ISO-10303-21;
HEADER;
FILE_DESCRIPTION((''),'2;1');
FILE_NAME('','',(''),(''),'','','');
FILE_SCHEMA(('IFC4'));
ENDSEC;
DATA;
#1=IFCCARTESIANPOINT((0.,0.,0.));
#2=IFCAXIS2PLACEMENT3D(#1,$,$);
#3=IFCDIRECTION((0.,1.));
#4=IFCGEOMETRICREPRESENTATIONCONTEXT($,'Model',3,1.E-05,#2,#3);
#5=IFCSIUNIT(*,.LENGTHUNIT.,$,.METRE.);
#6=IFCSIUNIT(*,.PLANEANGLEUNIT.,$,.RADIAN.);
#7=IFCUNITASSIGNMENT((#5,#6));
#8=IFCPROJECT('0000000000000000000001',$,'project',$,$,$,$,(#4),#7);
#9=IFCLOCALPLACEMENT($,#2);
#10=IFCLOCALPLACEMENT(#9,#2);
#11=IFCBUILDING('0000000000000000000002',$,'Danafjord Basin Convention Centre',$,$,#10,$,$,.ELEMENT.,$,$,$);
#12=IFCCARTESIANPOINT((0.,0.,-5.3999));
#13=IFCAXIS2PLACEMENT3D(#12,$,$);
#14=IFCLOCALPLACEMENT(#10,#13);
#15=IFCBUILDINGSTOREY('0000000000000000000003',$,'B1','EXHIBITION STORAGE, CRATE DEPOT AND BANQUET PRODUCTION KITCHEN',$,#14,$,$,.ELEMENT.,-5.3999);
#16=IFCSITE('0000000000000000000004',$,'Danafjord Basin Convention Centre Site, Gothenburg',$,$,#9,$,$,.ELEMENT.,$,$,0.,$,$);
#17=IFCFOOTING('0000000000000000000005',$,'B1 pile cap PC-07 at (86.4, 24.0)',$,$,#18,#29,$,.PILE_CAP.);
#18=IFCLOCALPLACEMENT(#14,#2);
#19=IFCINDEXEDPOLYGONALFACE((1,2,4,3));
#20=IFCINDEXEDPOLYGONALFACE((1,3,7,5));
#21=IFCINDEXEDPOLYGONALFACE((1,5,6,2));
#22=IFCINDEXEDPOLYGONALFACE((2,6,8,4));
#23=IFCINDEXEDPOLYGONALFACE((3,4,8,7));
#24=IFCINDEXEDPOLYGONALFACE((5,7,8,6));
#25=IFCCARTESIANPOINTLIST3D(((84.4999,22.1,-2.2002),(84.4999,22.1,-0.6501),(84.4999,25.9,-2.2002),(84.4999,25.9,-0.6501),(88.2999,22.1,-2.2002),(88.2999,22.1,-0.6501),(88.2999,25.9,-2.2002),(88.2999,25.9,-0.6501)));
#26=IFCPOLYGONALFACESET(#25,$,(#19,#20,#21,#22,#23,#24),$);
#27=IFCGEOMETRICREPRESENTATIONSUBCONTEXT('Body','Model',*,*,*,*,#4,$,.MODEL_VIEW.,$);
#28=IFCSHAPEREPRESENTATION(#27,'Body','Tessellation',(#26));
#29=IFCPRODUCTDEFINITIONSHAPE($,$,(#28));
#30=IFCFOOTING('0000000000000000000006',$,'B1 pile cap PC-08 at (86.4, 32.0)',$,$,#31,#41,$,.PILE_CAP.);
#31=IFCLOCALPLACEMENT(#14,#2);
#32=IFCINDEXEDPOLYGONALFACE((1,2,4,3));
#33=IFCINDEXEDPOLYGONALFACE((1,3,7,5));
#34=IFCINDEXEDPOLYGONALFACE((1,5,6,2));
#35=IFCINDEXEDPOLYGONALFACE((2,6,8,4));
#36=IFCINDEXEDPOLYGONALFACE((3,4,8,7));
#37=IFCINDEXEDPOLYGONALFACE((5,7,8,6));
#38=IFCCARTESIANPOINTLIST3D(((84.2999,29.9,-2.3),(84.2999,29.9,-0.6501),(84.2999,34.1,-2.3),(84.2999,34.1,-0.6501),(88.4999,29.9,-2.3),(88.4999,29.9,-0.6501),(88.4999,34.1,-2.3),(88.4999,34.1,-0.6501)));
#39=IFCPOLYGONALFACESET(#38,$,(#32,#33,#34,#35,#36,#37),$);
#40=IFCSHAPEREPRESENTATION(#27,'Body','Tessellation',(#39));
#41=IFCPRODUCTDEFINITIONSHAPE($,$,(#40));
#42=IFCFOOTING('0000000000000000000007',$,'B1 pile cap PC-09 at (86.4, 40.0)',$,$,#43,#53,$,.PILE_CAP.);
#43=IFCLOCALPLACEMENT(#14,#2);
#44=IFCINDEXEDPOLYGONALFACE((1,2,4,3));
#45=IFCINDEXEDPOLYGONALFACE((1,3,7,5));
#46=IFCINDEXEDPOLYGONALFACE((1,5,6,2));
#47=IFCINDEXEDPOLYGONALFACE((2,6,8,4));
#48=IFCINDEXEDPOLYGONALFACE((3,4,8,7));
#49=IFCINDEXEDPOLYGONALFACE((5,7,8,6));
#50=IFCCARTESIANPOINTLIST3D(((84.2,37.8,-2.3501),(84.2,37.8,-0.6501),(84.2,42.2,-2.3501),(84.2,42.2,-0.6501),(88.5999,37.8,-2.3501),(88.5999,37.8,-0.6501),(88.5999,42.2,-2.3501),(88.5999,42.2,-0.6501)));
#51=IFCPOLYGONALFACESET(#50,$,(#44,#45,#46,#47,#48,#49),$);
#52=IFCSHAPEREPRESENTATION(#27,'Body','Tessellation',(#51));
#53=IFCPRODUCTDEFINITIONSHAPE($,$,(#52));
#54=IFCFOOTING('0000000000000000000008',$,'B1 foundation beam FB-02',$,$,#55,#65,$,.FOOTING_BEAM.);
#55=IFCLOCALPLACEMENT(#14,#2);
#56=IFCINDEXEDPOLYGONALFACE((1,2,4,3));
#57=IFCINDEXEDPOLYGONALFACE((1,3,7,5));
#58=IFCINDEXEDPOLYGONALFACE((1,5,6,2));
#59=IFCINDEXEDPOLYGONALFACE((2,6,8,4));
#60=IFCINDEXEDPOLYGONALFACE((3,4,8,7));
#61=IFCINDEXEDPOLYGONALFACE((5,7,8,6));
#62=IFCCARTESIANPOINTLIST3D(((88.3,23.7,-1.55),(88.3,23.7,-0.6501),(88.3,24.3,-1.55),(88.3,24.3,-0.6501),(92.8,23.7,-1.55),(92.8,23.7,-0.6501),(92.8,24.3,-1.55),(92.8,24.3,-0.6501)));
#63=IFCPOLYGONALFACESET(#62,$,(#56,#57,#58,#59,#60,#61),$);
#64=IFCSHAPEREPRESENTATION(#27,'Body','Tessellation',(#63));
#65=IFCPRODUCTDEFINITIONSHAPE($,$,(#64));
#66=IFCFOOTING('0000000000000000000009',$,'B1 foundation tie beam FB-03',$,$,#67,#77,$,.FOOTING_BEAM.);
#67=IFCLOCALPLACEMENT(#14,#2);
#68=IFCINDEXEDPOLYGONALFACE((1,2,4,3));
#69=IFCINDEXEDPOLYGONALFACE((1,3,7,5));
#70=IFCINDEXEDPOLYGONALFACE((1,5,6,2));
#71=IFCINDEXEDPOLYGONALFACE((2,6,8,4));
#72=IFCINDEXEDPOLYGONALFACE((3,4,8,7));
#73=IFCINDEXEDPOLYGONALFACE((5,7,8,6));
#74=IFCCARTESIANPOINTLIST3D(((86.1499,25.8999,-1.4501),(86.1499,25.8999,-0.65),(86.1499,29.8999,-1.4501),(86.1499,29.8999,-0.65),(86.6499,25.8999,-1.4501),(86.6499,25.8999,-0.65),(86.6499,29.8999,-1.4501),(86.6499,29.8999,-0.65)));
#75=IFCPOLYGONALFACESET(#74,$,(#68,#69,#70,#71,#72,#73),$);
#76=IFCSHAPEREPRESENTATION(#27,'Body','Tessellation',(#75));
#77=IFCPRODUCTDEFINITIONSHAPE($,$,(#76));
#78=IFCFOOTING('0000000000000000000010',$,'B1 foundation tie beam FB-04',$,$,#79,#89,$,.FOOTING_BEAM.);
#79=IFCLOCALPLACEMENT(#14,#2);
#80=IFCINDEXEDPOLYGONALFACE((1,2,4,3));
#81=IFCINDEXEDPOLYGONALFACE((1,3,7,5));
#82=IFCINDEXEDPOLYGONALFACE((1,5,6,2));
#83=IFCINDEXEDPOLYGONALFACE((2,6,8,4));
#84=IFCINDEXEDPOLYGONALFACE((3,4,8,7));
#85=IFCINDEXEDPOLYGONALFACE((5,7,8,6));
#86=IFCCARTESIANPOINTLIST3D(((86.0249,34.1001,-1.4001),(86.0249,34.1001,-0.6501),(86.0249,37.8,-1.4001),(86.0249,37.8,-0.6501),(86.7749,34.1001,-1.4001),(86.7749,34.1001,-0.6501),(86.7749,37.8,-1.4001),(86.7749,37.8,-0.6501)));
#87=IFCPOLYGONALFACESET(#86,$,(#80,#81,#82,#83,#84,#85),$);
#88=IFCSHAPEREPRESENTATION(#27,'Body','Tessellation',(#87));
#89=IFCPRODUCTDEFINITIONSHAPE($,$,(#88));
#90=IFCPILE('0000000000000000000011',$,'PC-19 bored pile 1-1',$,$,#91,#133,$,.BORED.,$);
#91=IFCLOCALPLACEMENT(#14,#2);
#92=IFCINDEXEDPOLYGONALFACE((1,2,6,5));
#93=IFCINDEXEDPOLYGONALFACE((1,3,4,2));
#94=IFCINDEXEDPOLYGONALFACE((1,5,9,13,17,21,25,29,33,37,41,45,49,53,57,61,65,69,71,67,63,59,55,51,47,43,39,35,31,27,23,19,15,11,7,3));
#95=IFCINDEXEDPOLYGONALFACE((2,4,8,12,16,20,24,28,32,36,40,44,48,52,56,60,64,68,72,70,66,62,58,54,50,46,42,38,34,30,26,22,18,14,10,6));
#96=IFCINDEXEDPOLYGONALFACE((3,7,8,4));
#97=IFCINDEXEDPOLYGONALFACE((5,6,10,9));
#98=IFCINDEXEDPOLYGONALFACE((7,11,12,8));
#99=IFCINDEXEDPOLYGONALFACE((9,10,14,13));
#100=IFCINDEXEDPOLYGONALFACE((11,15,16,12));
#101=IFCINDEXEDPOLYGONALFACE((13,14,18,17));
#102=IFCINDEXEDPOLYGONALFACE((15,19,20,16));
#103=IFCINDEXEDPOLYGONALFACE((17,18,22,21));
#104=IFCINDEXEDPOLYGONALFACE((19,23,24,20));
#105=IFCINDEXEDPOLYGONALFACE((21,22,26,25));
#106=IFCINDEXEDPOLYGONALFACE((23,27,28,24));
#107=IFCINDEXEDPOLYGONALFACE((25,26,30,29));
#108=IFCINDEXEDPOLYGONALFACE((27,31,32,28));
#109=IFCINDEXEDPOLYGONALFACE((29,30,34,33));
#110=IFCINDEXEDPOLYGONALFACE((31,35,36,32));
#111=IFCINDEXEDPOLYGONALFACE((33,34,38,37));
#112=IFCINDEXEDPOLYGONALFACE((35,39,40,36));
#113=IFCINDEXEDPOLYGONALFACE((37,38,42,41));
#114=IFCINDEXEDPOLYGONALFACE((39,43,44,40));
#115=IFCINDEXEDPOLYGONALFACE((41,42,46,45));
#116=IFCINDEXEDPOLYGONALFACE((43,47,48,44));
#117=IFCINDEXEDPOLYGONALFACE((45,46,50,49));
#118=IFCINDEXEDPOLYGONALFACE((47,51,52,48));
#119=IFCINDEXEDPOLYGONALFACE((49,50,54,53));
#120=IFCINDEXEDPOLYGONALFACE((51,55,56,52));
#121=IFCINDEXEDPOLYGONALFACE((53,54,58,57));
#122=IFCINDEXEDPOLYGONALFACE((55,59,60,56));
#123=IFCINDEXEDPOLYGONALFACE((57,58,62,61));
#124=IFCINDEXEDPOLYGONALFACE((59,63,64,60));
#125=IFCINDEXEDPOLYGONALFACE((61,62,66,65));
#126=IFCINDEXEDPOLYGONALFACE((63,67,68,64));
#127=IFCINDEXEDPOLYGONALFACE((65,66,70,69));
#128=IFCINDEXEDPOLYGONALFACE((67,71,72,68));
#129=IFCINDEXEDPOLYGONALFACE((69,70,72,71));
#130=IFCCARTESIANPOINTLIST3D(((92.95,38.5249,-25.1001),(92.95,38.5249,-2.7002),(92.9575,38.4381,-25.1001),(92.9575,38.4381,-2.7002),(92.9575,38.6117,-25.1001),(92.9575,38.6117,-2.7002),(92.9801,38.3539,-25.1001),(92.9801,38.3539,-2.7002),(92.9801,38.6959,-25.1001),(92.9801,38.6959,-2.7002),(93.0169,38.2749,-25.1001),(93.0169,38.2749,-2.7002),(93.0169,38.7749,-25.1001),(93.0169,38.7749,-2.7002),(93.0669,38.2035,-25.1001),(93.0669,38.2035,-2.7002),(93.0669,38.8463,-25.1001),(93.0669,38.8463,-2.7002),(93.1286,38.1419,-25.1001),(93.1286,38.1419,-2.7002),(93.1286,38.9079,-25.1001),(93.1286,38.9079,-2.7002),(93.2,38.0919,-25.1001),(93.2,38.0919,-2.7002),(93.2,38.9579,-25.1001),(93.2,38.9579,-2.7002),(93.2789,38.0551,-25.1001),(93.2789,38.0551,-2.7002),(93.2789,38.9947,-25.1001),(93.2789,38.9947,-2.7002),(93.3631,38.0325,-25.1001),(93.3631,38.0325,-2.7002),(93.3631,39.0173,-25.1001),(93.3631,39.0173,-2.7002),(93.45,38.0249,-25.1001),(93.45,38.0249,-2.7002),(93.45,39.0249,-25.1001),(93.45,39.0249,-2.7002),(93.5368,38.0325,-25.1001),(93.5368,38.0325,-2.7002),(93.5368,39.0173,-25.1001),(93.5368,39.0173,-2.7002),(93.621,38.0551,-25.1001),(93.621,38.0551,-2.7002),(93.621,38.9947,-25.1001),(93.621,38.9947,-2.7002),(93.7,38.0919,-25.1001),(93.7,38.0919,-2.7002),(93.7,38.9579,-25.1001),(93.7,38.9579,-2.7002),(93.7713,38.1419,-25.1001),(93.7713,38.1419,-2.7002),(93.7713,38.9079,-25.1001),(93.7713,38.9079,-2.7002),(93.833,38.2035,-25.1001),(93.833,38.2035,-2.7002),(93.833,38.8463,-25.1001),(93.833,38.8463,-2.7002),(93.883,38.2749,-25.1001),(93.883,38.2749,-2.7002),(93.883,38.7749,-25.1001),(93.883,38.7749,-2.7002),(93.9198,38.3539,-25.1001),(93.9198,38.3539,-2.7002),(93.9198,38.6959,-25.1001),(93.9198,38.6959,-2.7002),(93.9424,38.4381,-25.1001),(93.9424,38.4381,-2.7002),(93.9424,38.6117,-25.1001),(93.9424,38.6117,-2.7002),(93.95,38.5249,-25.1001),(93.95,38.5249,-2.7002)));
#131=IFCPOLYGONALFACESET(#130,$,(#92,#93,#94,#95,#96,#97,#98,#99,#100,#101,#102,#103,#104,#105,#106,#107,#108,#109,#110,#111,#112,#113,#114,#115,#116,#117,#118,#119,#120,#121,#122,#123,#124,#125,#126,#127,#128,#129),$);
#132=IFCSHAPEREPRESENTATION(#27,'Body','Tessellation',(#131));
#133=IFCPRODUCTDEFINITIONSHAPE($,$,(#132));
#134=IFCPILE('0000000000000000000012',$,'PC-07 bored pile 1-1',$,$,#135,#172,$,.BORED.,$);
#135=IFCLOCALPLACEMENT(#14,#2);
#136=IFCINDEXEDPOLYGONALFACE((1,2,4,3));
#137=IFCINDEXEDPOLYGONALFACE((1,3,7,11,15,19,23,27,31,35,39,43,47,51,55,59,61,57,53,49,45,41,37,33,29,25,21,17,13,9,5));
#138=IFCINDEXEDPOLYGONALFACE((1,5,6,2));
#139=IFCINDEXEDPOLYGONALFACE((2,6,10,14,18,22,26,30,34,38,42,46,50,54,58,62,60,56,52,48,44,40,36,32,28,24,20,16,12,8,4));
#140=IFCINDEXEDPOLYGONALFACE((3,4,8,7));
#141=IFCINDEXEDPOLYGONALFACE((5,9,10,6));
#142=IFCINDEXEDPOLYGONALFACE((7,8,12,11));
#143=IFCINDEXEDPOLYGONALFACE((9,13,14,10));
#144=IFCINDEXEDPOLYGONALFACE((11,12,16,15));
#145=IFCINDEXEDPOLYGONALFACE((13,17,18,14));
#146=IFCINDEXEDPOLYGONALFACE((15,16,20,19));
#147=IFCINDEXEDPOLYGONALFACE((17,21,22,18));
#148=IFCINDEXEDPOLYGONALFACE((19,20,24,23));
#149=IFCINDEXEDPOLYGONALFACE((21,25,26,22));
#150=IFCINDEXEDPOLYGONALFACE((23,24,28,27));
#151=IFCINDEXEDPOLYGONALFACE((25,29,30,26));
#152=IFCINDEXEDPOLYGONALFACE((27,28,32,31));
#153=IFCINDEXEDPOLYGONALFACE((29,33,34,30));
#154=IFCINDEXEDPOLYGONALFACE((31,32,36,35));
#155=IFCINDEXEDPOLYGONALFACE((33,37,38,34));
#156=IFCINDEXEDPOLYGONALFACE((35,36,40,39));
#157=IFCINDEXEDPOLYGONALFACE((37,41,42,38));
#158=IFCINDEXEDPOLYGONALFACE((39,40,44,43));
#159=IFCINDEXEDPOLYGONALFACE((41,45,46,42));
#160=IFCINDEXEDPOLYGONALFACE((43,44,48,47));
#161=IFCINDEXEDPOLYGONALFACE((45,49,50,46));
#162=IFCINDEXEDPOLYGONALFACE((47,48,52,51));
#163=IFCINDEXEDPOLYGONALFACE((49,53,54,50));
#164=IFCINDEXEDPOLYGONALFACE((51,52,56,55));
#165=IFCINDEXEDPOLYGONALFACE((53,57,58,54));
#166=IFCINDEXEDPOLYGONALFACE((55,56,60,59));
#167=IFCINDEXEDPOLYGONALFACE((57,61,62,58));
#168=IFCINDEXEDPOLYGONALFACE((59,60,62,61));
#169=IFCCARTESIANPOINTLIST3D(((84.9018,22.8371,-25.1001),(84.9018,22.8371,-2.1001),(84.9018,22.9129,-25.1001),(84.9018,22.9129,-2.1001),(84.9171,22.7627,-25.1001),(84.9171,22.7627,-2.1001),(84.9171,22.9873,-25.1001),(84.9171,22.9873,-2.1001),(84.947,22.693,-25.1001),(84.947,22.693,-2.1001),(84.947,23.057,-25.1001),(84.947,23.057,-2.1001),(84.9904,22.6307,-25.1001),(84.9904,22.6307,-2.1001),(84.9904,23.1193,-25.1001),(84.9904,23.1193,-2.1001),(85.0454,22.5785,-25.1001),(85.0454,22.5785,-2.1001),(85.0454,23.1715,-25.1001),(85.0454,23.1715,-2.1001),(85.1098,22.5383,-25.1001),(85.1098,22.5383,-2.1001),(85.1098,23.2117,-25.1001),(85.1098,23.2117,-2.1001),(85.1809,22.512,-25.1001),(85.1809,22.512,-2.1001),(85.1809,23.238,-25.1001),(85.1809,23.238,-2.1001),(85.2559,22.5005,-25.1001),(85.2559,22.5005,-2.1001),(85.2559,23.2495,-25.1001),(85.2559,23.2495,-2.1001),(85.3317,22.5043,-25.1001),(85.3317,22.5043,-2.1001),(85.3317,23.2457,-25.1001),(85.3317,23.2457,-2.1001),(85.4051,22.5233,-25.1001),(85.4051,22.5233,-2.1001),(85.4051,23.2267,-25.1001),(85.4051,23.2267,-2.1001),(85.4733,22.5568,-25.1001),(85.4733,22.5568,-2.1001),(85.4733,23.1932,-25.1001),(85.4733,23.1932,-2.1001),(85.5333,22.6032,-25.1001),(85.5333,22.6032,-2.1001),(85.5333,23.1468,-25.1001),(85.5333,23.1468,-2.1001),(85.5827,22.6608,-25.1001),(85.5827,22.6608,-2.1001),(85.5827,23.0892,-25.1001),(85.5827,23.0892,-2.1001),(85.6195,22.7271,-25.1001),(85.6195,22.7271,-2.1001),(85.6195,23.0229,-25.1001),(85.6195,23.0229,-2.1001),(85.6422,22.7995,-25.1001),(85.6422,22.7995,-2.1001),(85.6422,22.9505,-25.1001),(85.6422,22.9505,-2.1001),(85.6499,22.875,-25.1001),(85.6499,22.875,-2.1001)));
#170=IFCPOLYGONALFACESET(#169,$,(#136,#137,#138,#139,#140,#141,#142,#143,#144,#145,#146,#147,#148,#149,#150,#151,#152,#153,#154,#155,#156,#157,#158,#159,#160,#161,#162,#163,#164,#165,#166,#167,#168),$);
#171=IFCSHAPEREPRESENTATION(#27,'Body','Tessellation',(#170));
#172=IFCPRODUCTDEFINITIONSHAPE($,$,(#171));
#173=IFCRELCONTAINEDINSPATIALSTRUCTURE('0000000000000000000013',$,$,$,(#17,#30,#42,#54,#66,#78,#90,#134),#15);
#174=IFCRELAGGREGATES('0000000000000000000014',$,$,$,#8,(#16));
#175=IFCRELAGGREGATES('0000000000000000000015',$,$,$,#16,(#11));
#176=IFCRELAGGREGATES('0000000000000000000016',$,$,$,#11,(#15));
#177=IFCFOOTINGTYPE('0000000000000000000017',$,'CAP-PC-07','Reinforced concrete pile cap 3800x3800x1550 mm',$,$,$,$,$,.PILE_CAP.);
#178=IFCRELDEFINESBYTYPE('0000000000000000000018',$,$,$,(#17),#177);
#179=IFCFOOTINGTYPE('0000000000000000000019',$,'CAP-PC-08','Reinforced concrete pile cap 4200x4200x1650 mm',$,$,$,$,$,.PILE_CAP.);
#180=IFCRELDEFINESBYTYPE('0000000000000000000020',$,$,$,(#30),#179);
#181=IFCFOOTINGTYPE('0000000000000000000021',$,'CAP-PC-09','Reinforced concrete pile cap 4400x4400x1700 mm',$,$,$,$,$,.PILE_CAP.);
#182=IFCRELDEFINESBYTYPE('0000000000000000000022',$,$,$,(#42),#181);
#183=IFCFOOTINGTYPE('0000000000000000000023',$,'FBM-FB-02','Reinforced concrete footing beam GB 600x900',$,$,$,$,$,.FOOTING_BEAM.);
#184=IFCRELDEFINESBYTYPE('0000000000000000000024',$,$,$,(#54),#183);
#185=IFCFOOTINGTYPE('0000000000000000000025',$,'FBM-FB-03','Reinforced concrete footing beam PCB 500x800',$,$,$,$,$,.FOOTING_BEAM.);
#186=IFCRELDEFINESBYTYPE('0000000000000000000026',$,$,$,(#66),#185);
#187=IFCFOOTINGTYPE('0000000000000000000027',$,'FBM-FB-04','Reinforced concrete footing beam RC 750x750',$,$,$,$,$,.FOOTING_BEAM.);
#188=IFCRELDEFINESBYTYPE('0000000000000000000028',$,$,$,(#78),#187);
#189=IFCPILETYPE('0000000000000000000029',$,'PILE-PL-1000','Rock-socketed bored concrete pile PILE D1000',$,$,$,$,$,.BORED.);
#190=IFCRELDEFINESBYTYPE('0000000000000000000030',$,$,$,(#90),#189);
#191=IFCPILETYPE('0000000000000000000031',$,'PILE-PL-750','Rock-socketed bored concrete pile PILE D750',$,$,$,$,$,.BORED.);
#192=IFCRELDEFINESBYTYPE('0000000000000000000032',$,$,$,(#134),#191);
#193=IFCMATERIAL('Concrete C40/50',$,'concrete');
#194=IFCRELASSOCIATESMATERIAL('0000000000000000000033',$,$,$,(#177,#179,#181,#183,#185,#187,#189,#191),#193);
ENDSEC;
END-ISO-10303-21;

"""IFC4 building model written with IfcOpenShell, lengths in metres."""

from ifc_helpers import new_model, si_unit, direction, frame, origin, origin_2d, place, context, subcontext, project, spatial, rectangle, circle, extrude, material, material_profile, profile_set, type_object, element, save


model = new_model("IFC4")

# Units and contexts
model_context = context("Model", 3, precision=1e-05, world=origin(), true_north=direction((0.0, 1.0)))
body_context = subcontext(model_context, "Body", "Model", "MODEL_VIEW")
ifc_project = project(units=[si_unit("LENGTHUNIT", "METRE"), si_unit("PLANEANGLEUNIT", "RADIAN")], contexts=[model_context])

# Site, building, storey
site_placement = place(None, origin())
site = spatial("IfcSite", under=ifc_project, at=site_placement, Name="Danafjord Basin Convention Centre Site, Gothenburg", CompositionType="ELEMENT", RefElevation=0.0)
building_placement = place(site_placement, origin())
building = spatial("IfcBuilding", under=site, at=building_placement, Name="Danafjord Basin Convention Centre", CompositionType="ELEMENT")
storey_placement = place(building_placement, frame((0.0, 0.0, -5.3999)))
storey = spatial("IfcBuildingStorey", under=building, at=storey_placement, Name="B1", Description="EXHIBITION STORAGE, CRATE DEPOT AND BANQUET PRODUCTION KITCHEN", CompositionType="ELEMENT", Elevation=-5.3999)

# Footings
ifc_material_1 = material(Name="Concrete C40/50", Category="concrete")
footing_type_1 = type_object("IfcFootingType", Name="CAP-PC-07", Description="Reinforced concrete pile cap 3800x3800x1550 mm", PredefinedType="PILE_CAP", material=ifc_material_1)
footing_1_placement = place(storey_placement, frame((86.3999, 24.0, -2.2002), z_axis=(0.0, 0.0, 1.0), x_axis=(1.0, 0.0, 0.0)))
element("IfcFooting", 1, at=footing_1_placement, inside=storey, type_object=footing_type_1, Name="B1 pile cap PC-07 at (86.4, 24.0)", PredefinedType="PILE_CAP", context=body_context, shape_type="SweptSolid", body=[
    extrude(rectangle(XDim=3.8, YDim=3.8, at=origin_2d()), origin(), (0.0, 0.0, 1.0), 1.55),
])
footing_type_2 = type_object("IfcFootingType", Name="CAP-PC-08", Description="Reinforced concrete pile cap 4200x4200x1650 mm", PredefinedType="PILE_CAP", material=ifc_material_1)
footing_2_placement = place(storey_placement, frame((86.3999, 32.0, -2.3), z_axis=(0.0, 0.0, 1.0), x_axis=(1.0, 0.0, 0.0)))
element("IfcFooting", 2, at=footing_2_placement, inside=storey, type_object=footing_type_2, Name="B1 pile cap PC-08 at (86.4, 32.0)", PredefinedType="PILE_CAP", context=body_context, shape_type="SweptSolid", body=[
    extrude(rectangle(XDim=4.2, YDim=4.2, at=origin_2d()), origin(), (0.0, 0.0, 1.0), 1.6499),
])
footing_type_3 = type_object("IfcFootingType", Name="CAP-PC-09", Description="Reinforced concrete pile cap 4400x4400x1700 mm", PredefinedType="PILE_CAP", material=ifc_material_1)
footing_3_placement = place(storey_placement, frame((86.3999, 40.0, -2.3501), z_axis=(0.0, 0.0, 1.0), x_axis=(1.0, 0.0, 0.0)))
element("IfcFooting", 3, at=footing_3_placement, inside=storey, type_object=footing_type_3, Name="B1 pile cap PC-09 at (86.4, 40.0)", PredefinedType="PILE_CAP", context=body_context, shape_type="SweptSolid", body=[
    extrude(rectangle(XDim=4.3999, YDim=4.3999, at=origin_2d()), origin(), (0.0, 0.0, 1.0), 1.7),
])
ifc_material_profile_1 = material_profile(ifc_material_1, rectangle(XDim=0.6001, YDim=0.8999, at=origin_2d()), Name="GB 600x900")
ifc_profile_set_1 = profile_set([ifc_material_profile_1], Name="Concrete C40/50")
footing_type_4 = type_object("IfcFootingType", Name="FBM-FB-02", Description="Reinforced concrete footing beam GB 600x900", PredefinedType="FOOTING_BEAM", material=ifc_profile_set_1)
footing_4_placement = place(storey_placement, frame((88.3, 24.0, -1.1001), z_axis=(1.0, 0.0, 0.0), x_axis=(0.0, 1.0, 0.0)))
element("IfcFooting", 4, at=footing_4_placement, inside=storey, type_object=footing_type_4, Name="B1 foundation beam FB-02", PredefinedType="FOOTING_BEAM", context=body_context, shape_type="SweptSolid", body=[
    extrude(rectangle(XDim=0.6001, YDim=0.8999, at=origin_2d()), origin(), (0.0, 0.0, 1.0), 4.5),
])
ifc_material_profile_2 = material_profile(ifc_material_1, rectangle(XDim=0.5, YDim=0.8, at=origin_2d()), Name="PCB 500x800")
ifc_profile_set_2 = profile_set([ifc_material_profile_2], Name="Concrete C40/50")
footing_type_5 = type_object("IfcFootingType", Name="FBM-FB-03", Description="Reinforced concrete footing beam PCB 500x800", PredefinedType="FOOTING_BEAM", material=ifc_profile_set_2)
footing_5_placement = place(storey_placement, frame((86.3999, 25.8999, -1.05), z_axis=(0.0, 1.0, 0.0), x_axis=(-1.0, 0.0, 0.0)))
element("IfcFooting", 5, at=footing_5_placement, inside=storey, type_object=footing_type_5, Name="B1 foundation tie beam FB-03", PredefinedType="FOOTING_BEAM", context=body_context, shape_type="SweptSolid", body=[
    extrude(rectangle(XDim=0.5, YDim=0.8, at=origin_2d()), origin(), (0.0, 0.0, 1.0), 4.0),
])
ifc_material_profile_3 = material_profile(ifc_material_1, rectangle(XDim=0.75, YDim=0.75, at=origin_2d()), Name="RC 750x750")
ifc_profile_set_3 = profile_set([ifc_material_profile_3], Name="Concrete C40/50")
footing_type_6 = type_object("IfcFootingType", Name="FBM-FB-04", Description="Reinforced concrete footing beam RC 750x750", PredefinedType="FOOTING_BEAM", material=ifc_profile_set_3)
footing_6_placement = place(storey_placement, frame((86.3999, 34.1001, -1.0251), z_axis=(0.0, 1.0, 0.0), x_axis=(-1.0, 0.0, 0.0)))
element("IfcFooting", 6, at=footing_6_placement, inside=storey, type_object=footing_type_6, Name="B1 foundation tie beam FB-04", PredefinedType="FOOTING_BEAM", context=body_context, shape_type="SweptSolid", body=[
    extrude(rectangle(XDim=0.75, YDim=0.75, at=origin_2d()), origin(), (0.0, 0.0, 1.0), 3.7),
])

# Piles
ifc_material_profile_4 = material_profile(ifc_material_1, circle(Radius=0.5, at=origin_2d()), Name="PILE D1000")
ifc_profile_set_4 = profile_set([ifc_material_profile_4], Name="Concrete C40/50")
pile_type_1 = type_object("IfcPileType", Name="PILE-PL-1000", Description="Rock-socketed bored concrete pile PILE D1000", PredefinedType="BORED", material=ifc_profile_set_4)
pile_placement = place(storey_placement, frame((93.45, 38.5249, -2.7002), z_axis=(0.0, 0.0, -1.0), x_axis=(1.0, 0.0, 0.0)))
element("IfcPile", 7, at=pile_placement, inside=storey, type_object=pile_type_1, Name="PC-19 bored pile 1-1", PredefinedType="BORED", context=body_context, shape_type="SweptSolid", body=[
    extrude(circle(Radius=0.5, at=origin_2d()), origin(), (0.0, 0.0, 1.0), 22.3999),
])
ifc_material_profile_5 = material_profile(ifc_material_1, circle(Radius=0.375, at=origin_2d()), Name="PILE D750")
ifc_profile_set_5 = profile_set([ifc_material_profile_5], Name="Concrete C40/50")
pile_type_2 = type_object("IfcPileType", Name="PILE-PL-750", Description="Rock-socketed bored concrete pile PILE D750", PredefinedType="BORED", material=ifc_profile_set_5)
for number, where, z_axis, x_axis, name in (
    (8, (85.2749, 22.875, -2.1001), (0.0, 0.0, -1.0), (1.0, 0.0, 0.0), "PC-07 bored pile 1-1"),
):
    element("IfcPile", number, at=place(storey_placement, frame(where, z_axis=z_axis, x_axis=x_axis)), inside=storey, type_object=pile_type_2, Name=name, PredefinedType="BORED", context=body_context, shape_type="SweptSolid", body=[
        extrude(circle(Radius=0.375, at=origin_2d()), origin(), (0.0, 0.0, 1.0), 23.0),
    ])

save(model, "model.ifc")
